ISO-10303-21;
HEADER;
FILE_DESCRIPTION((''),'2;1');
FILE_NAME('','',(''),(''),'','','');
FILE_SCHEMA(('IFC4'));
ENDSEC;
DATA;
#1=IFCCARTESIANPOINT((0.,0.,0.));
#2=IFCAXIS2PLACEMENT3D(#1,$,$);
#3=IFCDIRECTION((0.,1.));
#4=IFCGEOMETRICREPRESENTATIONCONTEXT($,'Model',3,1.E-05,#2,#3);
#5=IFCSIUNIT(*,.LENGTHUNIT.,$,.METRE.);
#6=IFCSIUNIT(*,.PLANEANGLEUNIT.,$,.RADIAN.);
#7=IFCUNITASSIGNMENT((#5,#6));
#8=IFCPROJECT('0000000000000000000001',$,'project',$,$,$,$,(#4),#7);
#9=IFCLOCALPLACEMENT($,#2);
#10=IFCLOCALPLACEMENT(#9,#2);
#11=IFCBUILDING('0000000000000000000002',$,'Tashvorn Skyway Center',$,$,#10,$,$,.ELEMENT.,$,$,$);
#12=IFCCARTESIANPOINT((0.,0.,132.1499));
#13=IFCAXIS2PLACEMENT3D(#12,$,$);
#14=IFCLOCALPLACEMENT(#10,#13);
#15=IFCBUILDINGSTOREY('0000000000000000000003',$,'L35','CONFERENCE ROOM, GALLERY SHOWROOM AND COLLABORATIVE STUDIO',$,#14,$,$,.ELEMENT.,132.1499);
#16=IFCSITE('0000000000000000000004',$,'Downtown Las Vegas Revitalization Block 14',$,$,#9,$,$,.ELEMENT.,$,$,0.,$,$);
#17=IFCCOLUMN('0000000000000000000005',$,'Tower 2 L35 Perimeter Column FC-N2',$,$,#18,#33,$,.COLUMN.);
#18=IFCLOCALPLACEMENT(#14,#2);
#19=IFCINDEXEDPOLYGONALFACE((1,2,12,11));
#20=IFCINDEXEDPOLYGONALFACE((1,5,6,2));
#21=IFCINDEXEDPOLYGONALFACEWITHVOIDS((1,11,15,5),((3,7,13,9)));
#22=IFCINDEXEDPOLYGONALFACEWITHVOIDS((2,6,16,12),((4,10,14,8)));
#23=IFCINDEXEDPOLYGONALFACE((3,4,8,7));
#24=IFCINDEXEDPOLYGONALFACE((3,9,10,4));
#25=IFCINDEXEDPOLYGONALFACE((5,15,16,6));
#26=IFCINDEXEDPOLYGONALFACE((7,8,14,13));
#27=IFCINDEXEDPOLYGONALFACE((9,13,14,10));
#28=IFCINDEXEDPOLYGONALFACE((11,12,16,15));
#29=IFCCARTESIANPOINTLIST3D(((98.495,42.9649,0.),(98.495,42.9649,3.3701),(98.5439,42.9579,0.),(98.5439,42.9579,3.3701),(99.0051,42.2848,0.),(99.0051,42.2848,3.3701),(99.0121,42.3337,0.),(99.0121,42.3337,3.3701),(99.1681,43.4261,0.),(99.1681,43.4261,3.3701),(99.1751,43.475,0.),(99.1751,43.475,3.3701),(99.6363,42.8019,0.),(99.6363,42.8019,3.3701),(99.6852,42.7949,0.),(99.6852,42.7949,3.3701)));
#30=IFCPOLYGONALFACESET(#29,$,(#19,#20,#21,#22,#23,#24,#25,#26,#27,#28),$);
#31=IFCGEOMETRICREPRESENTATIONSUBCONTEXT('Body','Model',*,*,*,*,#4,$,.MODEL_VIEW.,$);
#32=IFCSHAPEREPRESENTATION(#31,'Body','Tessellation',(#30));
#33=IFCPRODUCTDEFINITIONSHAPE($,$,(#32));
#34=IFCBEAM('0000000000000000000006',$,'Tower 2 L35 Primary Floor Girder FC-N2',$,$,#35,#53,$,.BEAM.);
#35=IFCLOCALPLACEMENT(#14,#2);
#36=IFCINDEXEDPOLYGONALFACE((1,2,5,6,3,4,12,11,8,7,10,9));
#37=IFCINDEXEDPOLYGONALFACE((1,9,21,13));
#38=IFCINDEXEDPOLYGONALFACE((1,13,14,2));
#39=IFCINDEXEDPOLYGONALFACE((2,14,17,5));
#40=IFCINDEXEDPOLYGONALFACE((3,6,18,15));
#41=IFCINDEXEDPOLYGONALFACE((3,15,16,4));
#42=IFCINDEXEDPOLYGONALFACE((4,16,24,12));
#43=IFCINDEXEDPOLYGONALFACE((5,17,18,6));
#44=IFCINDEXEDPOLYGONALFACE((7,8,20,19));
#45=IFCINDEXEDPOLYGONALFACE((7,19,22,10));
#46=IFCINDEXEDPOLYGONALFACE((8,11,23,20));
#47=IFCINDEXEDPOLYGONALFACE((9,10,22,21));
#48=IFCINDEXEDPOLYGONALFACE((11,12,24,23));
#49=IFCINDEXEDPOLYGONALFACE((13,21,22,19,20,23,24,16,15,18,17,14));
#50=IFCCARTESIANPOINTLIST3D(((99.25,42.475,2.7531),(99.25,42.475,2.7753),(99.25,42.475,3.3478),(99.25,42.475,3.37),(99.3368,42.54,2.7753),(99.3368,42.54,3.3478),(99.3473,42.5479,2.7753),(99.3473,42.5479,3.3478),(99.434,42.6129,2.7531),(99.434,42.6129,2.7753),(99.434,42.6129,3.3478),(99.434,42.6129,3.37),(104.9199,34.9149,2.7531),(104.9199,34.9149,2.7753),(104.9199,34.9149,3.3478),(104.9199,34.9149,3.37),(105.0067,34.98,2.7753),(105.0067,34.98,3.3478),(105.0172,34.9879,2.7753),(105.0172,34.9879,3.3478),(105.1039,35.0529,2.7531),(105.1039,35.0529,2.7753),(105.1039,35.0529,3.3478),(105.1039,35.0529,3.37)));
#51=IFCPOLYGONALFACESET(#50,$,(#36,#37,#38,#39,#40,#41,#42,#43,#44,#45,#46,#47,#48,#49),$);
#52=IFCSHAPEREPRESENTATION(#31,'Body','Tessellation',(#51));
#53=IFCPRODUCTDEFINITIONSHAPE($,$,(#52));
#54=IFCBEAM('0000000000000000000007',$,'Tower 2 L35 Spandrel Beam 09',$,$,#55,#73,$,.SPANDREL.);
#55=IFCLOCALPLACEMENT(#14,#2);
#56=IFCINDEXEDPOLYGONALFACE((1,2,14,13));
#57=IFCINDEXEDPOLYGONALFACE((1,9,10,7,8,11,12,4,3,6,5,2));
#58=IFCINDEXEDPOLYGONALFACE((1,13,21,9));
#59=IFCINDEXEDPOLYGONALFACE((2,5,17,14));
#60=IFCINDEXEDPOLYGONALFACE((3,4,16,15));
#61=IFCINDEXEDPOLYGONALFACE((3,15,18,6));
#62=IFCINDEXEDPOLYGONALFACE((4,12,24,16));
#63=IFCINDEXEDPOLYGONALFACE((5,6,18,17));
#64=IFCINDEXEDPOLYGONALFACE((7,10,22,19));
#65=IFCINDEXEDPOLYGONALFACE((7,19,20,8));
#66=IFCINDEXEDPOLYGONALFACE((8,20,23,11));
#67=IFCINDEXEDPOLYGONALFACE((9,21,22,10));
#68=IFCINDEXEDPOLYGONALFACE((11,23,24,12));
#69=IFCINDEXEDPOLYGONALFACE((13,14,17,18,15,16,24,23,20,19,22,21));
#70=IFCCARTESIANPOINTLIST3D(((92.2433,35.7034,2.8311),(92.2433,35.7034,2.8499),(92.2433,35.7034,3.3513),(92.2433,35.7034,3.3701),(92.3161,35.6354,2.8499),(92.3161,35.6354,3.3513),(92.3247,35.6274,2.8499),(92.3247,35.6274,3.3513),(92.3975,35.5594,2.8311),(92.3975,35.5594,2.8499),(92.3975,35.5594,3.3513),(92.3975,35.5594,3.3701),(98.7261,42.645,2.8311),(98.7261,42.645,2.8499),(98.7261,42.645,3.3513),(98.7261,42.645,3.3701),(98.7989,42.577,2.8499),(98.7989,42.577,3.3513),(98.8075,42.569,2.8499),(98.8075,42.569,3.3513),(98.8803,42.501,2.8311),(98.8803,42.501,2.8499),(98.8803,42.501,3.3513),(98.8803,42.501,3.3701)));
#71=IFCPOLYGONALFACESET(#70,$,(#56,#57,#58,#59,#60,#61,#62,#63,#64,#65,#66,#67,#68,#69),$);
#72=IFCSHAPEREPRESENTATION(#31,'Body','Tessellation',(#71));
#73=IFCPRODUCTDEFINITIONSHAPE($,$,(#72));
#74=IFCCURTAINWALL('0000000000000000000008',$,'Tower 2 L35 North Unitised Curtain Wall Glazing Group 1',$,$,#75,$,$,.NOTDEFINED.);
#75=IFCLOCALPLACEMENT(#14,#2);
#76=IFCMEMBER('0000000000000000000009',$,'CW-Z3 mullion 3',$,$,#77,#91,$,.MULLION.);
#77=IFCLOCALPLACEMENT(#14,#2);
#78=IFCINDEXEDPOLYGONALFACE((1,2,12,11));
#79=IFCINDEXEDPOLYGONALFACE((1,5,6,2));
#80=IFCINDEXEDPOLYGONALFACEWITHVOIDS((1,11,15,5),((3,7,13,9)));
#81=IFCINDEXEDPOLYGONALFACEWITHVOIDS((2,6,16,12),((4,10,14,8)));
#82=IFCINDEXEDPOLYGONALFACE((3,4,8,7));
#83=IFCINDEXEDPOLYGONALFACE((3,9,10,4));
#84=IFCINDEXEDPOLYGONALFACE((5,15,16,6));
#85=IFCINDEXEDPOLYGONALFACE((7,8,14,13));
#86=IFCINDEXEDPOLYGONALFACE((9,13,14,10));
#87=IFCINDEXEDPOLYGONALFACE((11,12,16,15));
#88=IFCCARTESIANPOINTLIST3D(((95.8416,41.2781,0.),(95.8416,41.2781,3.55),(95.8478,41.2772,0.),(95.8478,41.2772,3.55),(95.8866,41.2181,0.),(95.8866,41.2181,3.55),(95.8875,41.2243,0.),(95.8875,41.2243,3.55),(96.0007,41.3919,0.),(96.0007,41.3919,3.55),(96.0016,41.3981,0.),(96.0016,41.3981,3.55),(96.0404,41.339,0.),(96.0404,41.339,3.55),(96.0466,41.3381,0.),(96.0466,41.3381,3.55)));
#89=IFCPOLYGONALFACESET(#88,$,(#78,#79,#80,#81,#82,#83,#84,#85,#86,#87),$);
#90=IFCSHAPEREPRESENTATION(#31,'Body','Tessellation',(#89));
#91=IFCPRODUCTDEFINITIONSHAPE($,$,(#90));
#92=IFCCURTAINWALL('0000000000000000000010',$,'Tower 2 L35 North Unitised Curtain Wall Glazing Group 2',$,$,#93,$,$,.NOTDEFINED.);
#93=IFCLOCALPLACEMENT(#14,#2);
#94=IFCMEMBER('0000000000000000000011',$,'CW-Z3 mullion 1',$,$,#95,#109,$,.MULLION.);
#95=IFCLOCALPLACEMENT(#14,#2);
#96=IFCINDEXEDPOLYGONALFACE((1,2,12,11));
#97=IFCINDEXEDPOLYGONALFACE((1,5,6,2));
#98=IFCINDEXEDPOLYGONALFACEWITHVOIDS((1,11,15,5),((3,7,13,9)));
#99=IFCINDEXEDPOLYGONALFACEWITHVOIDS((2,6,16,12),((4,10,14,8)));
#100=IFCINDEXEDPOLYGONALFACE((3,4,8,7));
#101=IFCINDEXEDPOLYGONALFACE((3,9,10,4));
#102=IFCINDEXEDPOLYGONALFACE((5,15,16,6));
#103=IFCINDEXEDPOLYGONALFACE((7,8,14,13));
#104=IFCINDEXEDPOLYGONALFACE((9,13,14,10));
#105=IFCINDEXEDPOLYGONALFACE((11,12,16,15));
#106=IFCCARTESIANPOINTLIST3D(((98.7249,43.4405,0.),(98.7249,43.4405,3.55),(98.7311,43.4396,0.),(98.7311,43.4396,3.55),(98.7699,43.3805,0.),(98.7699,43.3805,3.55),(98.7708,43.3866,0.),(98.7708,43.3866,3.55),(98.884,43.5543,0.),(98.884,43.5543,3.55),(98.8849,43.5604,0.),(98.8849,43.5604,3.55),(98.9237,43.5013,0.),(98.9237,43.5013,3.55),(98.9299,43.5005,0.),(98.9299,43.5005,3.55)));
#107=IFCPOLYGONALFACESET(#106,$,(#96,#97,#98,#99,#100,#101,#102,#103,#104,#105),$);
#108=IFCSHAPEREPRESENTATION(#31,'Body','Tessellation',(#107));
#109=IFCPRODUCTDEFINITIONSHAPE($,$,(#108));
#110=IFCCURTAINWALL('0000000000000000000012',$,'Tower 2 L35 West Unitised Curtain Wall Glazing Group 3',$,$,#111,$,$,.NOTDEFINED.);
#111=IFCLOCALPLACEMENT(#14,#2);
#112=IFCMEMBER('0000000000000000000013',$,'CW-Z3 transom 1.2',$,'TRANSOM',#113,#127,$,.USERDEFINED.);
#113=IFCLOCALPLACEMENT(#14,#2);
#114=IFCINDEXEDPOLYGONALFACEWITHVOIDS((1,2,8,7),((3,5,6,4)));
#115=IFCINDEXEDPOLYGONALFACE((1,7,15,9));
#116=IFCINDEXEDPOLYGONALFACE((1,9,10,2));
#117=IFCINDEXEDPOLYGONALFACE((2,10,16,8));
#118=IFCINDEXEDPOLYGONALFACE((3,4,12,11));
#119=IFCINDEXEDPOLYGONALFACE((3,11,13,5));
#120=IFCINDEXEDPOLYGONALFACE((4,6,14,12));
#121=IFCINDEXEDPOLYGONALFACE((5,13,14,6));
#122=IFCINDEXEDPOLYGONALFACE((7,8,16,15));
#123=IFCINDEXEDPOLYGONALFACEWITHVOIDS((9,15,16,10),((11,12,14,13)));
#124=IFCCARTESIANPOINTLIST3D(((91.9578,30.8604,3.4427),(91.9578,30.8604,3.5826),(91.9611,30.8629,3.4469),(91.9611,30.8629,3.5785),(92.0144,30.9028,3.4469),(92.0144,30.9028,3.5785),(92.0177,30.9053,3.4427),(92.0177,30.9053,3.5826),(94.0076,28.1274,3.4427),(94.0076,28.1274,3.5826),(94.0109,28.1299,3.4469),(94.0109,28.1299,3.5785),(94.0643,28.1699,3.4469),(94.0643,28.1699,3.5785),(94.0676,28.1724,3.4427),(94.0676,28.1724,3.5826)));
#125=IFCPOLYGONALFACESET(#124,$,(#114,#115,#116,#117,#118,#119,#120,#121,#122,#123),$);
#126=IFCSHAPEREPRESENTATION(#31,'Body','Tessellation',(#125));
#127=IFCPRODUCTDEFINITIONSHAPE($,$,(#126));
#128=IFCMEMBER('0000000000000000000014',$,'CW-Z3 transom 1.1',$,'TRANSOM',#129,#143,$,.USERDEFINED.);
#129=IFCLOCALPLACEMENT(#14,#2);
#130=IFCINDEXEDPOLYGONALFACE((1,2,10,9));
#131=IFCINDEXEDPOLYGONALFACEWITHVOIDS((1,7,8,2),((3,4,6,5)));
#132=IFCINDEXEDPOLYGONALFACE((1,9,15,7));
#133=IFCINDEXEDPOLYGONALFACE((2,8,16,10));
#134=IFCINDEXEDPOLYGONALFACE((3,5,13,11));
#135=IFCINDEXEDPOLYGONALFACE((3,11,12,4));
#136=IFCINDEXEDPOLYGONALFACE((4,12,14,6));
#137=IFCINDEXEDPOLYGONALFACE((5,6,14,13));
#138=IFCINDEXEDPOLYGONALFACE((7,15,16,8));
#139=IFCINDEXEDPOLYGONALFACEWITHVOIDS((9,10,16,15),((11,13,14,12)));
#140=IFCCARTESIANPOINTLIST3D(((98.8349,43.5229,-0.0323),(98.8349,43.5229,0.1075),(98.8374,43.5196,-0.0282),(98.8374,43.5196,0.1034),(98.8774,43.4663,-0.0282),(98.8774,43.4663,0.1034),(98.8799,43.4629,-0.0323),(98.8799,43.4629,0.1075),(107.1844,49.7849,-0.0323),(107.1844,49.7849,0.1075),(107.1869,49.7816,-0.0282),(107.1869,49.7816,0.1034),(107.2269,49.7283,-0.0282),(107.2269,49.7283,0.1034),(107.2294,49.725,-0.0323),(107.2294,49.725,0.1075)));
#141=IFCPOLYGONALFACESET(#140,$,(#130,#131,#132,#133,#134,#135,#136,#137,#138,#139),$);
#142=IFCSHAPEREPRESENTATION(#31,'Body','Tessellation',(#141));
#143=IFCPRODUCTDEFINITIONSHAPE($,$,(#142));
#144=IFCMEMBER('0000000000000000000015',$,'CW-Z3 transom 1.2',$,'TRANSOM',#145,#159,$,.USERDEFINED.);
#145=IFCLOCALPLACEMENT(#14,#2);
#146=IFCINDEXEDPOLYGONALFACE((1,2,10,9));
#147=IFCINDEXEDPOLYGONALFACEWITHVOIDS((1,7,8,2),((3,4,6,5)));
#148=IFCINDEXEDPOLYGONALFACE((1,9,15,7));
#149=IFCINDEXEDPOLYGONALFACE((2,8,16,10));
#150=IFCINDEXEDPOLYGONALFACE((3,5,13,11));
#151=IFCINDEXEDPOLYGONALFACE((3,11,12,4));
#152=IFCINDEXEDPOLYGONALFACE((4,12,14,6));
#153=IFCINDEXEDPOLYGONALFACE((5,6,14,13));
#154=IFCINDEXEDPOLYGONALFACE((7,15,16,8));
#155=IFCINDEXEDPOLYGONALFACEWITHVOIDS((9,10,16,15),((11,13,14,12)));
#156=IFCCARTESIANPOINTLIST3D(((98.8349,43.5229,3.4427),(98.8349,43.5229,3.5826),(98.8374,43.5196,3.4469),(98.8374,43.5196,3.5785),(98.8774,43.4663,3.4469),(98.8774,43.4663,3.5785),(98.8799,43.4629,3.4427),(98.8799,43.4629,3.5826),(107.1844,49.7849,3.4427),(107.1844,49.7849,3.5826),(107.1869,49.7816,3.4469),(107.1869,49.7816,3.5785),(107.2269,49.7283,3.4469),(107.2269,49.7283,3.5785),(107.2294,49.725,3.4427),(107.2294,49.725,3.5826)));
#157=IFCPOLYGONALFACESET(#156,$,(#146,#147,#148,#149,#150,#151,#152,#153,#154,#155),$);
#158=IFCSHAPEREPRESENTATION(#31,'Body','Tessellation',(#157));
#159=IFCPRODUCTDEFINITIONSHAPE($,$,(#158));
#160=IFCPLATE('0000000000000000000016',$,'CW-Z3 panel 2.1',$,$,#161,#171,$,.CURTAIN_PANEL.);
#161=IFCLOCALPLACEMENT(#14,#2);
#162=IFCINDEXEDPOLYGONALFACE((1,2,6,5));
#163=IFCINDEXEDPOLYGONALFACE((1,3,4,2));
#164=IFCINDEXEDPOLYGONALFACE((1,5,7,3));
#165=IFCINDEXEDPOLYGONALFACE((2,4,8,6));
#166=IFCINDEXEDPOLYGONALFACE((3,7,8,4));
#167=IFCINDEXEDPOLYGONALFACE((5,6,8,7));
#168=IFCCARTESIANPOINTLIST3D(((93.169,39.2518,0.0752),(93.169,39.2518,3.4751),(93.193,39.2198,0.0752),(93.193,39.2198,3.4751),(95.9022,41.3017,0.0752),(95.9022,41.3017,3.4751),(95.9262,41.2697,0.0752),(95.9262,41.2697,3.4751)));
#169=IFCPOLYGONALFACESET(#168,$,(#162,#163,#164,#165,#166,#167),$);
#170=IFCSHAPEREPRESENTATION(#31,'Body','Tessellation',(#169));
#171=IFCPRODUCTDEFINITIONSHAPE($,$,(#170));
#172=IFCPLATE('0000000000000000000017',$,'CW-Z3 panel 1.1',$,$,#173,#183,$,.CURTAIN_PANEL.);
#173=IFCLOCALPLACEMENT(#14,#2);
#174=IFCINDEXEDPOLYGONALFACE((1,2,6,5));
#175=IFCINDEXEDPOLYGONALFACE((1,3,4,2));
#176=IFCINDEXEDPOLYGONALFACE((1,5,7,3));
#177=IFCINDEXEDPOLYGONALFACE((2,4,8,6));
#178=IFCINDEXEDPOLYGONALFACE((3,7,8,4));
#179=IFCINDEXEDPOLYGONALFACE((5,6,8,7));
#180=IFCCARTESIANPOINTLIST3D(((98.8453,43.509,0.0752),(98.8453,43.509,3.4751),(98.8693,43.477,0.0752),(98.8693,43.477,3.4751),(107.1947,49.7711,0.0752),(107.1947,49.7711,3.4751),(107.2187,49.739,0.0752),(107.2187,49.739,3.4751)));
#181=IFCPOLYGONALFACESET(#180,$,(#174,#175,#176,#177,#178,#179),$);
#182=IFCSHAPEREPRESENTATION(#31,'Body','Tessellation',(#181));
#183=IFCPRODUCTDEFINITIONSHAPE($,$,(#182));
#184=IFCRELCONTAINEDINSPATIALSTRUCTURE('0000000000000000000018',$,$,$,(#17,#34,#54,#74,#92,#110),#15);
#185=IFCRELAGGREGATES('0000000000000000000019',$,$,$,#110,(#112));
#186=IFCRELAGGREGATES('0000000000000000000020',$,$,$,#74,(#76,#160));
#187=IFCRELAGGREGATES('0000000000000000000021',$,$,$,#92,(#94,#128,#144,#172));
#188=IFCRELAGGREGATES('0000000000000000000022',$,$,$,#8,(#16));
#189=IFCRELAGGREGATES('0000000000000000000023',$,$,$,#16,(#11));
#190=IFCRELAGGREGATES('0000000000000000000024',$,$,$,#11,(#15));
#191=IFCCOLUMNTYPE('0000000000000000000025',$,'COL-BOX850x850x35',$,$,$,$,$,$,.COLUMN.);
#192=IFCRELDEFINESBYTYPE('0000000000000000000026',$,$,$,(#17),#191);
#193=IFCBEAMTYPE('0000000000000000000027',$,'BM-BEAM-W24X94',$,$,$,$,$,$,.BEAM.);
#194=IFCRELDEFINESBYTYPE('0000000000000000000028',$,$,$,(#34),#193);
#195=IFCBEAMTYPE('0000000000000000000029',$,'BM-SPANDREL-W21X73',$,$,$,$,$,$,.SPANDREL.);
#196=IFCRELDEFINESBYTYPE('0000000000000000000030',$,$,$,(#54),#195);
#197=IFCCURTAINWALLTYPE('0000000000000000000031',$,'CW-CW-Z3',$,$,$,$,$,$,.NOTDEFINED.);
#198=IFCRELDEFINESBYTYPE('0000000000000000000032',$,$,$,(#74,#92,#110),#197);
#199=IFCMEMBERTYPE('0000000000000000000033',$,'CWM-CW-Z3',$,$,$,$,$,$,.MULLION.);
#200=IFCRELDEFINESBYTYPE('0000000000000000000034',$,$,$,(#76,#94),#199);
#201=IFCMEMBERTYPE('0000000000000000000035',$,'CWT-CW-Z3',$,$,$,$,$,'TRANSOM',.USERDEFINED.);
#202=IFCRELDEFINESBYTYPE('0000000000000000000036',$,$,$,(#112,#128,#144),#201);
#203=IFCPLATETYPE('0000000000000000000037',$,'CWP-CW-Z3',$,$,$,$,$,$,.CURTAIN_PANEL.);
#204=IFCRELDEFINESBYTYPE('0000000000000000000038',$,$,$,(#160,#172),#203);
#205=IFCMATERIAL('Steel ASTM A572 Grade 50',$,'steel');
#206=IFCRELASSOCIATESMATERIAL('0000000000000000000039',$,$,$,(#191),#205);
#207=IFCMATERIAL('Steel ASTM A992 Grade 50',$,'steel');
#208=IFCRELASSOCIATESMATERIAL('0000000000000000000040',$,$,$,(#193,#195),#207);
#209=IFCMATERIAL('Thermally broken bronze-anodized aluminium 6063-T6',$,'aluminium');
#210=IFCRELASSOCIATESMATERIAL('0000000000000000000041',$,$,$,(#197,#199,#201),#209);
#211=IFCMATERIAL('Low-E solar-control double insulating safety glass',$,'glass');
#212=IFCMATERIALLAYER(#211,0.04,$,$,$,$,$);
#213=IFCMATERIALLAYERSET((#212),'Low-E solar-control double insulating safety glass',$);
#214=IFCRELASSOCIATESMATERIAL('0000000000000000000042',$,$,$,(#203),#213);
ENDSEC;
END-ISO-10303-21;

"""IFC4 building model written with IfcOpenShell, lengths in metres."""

from ifc_helpers import new_model, si_unit, direction, frame, origin, origin_2d, place, context, subcontext, project, spatial, rectangle, hollow_rectangle, i_section, extrude, material, layer, layer_set, material_profile, profile_set, type_object, element, aggregate, save


model = new_model("IFC4")

# Units and contexts
model_context = context("Model", 3, precision=1e-05, world=origin(), true_north=direction((0.0, 1.0)))
body_context = subcontext(model_context, "Body", "Model", "MODEL_VIEW")
ifc_project = project(units=[si_unit("LENGTHUNIT", "METRE"), si_unit("PLANEANGLEUNIT", "RADIAN")], contexts=[model_context])

# Site, building, storey
site_placement = place(None, origin())
site = spatial("IfcSite", under=ifc_project, at=site_placement, Name="Downtown Las Vegas Revitalization Block 14", CompositionType="ELEMENT", RefElevation=0.0)
building_placement = place(site_placement, origin())
building = spatial("IfcBuilding", under=site, at=building_placement, Name="Tashvorn Skyway Center", CompositionType="ELEMENT")
storey_placement = place(building_placement, frame((0.0, 0.0, 132.1499)))
storey = spatial("IfcBuildingStorey", under=building, at=storey_placement, Name="L35", Description="CONFERENCE ROOM, GALLERY SHOWROOM AND COLLABORATIVE STUDIO", CompositionType="ELEMENT", Elevation=132.1499)

# Column
ifc_material_1 = material(Name="Steel ASTM A572 Grade 50", Category="steel")
ifc_material_profile_1 = material_profile(ifc_material_1, hollow_rectangle(XDim=0.8501, YDim=0.8501, WallThickness=0.0349, at=origin_2d()), Name="BOX850x850x35")
ifc_profile_set_1 = profile_set([ifc_material_profile_1], Name="Steel ASTM A572 Grade 50")
column_type = type_object("IfcColumnType", Name="COL-BOX850x850x35", PredefinedType="COLUMN", material=ifc_profile_set_1)
column_placement = place(storey_placement, frame((99.0901, 42.8799, 0.0), z_axis=(0.0, 0.0, 1.0), x_axis=(0.8, 0.6, 0.0)))
element("IfcColumn", 1, at=column_placement, inside=storey, type_object=column_type, Name="Tower 2 L35 Perimeter Column FC-N2", PredefinedType="COLUMN", context=body_context, shape_type="SweptSolid", body=[
    extrude(hollow_rectangle(XDim=0.8501, YDim=0.8501, WallThickness=0.0349, at=origin_2d()), origin(), (0.0, 0.0, 1.0), 3.3701),
])

# Beams
ifc_material_2 = material(Name="Steel ASTM A992 Grade 50", Category="steel")
ifc_material_profile_2 = material_profile(ifc_material_2, i_section(OverallWidth=0.23, OverallDepth=0.6169, WebThickness=0.0132, FlangeThickness=0.0222, at=origin_2d()), Name="W24X94")
ifc_profile_set_2 = profile_set([ifc_material_profile_2], Name="Steel ASTM A992 Grade 50")
beam_type_1 = type_object("IfcBeamType", Name="BM-BEAM-W24X94", PredefinedType="BEAM", material=ifc_profile_set_2)
beam_1_placement = place(storey_placement, frame((99.342, 42.5439, 3.0615), z_axis=(0.599992, -0.800006, 0.0), x_axis=(0.800006, 0.599992, 0.0)))
element("IfcBeam", 2, at=beam_1_placement, inside=storey, type_object=beam_type_1, Name="Tower 2 L35 Primary Floor Girder FC-N2", PredefinedType="BEAM", context=body_context, shape_type="SweptSolid", body=[
    extrude(i_section(OverallWidth=0.23, OverallDepth=0.6169, WebThickness=0.0132, FlangeThickness=0.0222, at=origin_2d()), origin(), (0.0, 0.0, 1.0), 9.45),
])
ifc_material_profile_3 = material_profile(ifc_material_2, i_section(OverallWidth=0.2109, OverallDepth=0.5391, WebThickness=0.0117, FlangeThickness=0.0188, at=origin_2d()), Name="W21X73")
ifc_profile_set_3 = profile_set([ifc_material_profile_3], Name="Steel ASTM A992 Grade 50")
beam_type_2 = type_object("IfcBeamType", Name="BM-SPANDREL-W21X73", PredefinedType="SPANDREL", material=ifc_profile_set_3)
beam_2_placement = place(storey_placement, frame((98.8032, 42.573, 3.1006), z_axis=(-0.682545, -0.730843, 0.0), x_axis=(0.730843, -0.682545, 0.0)))
element("IfcBeam", 3, at=beam_2_placement, inside=storey, type_object=beam_type_2, Name="Tower 2 L35 Spandrel Beam 09", PredefinedType="SPANDREL", context=body_context, shape_type="SweptSolid", body=[
    extrude(i_section(OverallWidth=0.2109, OverallDepth=0.5391, WebThickness=0.0117, FlangeThickness=0.0188, at=origin_2d()), origin(), (0.0, 0.0, 1.0), 9.498),
])

# Curtain walls, members
ifc_material_3 = material(Name="Thermally broken bronze-anodized aluminium 6063-T6", Category="aluminium")
curtain_wall_type = type_object("IfcCurtainWallType", Name="CW-CW-Z3", PredefinedType="NOTDEFINED", material=ifc_material_3)
curtain_wall_1_placement = place(storey_placement, origin())
curtain_wall_1 = element("IfcCurtainWall", 4, at=curtain_wall_1_placement, inside=storey, type_object=curtain_wall_type, Name="Tower 2 L35 North Unitised Curtain Wall Glazing Group 1", PredefinedType="NOTDEFINED")
ifc_material_profile_4 = material_profile(ifc_material_3, hollow_rectangle(XDim=0.075, YDim=0.2, WallThickness=0.0044, at=origin_2d()), Name="ALU-MULL-75x200")
ifc_profile_set_4 = profile_set([ifc_material_profile_4], Name="Thermally broken bronze-anodized aluminium 6063-T6")
member_type_1 = type_object("IfcMemberType", Name="CWM-CW-Z3", PredefinedType="MULLION", material=ifc_profile_set_4)
member_1_placement = place(storey_placement, frame((95.9441, 41.3081, 0.0), z_axis=(0.0, 0.0, 1.0), x_axis=(-0.600005, 0.799997, 0.0)))
member_1 = element("IfcMember", 5, at=member_1_placement, type_object=member_type_1, Name="CW-Z3 mullion 3", PredefinedType="MULLION", context=body_context, shape_type="SweptSolid", body=[
    extrude(hollow_rectangle(XDim=0.075, YDim=0.2, WallThickness=0.0044, at=origin_2d()), origin(), (0.0, 0.0, 1.0), 3.55),
])
curtain_wall_2_placement = place(storey_placement, origin())
curtain_wall_2 = element("IfcCurtainWall", 6, at=curtain_wall_2_placement, inside=storey, type_object=curtain_wall_type, Name="Tower 2 L35 North Unitised Curtain Wall Glazing Group 2", PredefinedType="NOTDEFINED")
member_2_placement = place(storey_placement, frame((98.8274, 43.4705, 0.0), z_axis=(0.0, 0.0, 1.0), x_axis=(-0.599997, 0.800002, 0.0)))
member_2 = element("IfcMember", 7, at=member_2_placement, type_object=member_type_1, Name="CW-Z3 mullion 1", PredefinedType="MULLION", context=body_context, shape_type="SweptSolid", body=[
    extrude(hollow_rectangle(XDim=0.075, YDim=0.2, WallThickness=0.0044, at=origin_2d()), origin(), (0.0, 0.0, 1.0), 3.55),
])
curtain_wall_3_placement = place(storey_placement, origin())
curtain_wall_3 = element("IfcCurtainWall", 8, at=curtain_wall_3_placement, inside=storey, type_object=curtain_wall_type, Name="Tower 2 L35 West Unitised Curtain Wall Glazing Group 3", PredefinedType="NOTDEFINED")
ifc_material_profile_5 = material_profile(ifc_material_3, hollow_rectangle(XDim=0.075, YDim=0.1399, WallThickness=0.0042, at=origin_2d()), Name="ALU-TRAN-75x140")
ifc_profile_set_5 = profile_set([ifc_material_profile_5], Name="Thermally broken bronze-anodized aluminium 6063-T6")
member_type_2 = type_object("IfcMemberType", Name="CWT-CW-Z3", ElementType="TRANSOM", PredefinedType="USERDEFINED", material=ifc_profile_set_5)
member_3_placement = place(storey_placement, frame((94.0376, 28.1499, 3.5127), z_axis=(-0.600023, 0.799983, 0.0), x_axis=(-0.799983, -0.600023, 0.0)))
member_3 = element("IfcMember", 9, at=member_3_placement, type_object=member_type_2, Name="CW-Z3 transom 1.2", ObjectType="TRANSOM", PredefinedType="USERDEFINED", context=body_context, shape_type="SweptSolid", body=[
    extrude(hollow_rectangle(XDim=0.075, YDim=0.1399, WallThickness=0.0042, at=origin_2d()), origin(), (0.0, 0.0, 1.0), 3.4163),
])
aggregate(curtain_wall_3, [member_3])

# Members
member_4_placement = place(storey_placement, frame((98.8574, 43.4929, 0.0376), z_axis=(0.800003, 0.599996, 0.0), x_axis=(-0.599996, 0.800003, 0.0)))
member_4 = element("IfcMember", 10, at=member_4_placement, type_object=member_type_2, Name="CW-Z3 transom 1.1", ObjectType="TRANSOM", PredefinedType="USERDEFINED", context=body_context, shape_type="SweptSolid", body=[
    extrude(hollow_rectangle(XDim=0.075, YDim=0.1399, WallThickness=0.0042, at=origin_2d()), origin(), (0.0, 0.0, 1.0), 10.4368),
])
member_5_placement = place(storey_placement, frame((98.8574, 43.4929, 3.5127), z_axis=(0.800003, 0.599996, 0.0), x_axis=(-0.599996, 0.800003, 0.0)))
member_5 = element("IfcMember", 11, at=member_5_placement, type_object=member_type_2, Name="CW-Z3 transom 1.2", ObjectType="TRANSOM", PredefinedType="USERDEFINED", context=body_context, shape_type="SweptSolid", body=[
    extrude(hollow_rectangle(XDim=0.075, YDim=0.1399, WallThickness=0.0042, at=origin_2d()), origin(), (0.0, 0.0, 1.0), 10.4368),
])

# Plates
ifc_material_4 = material(Name="Low-E solar-control double insulating safety glass", Category="glass")
ifc_layer_1 = layer(ifc_material_4, 0.04)
ifc_layer_set_1 = layer_set([ifc_layer_1], Name="Low-E solar-control double insulating safety glass")
plate_type = type_object("IfcPlateType", Name="CWP-CW-Z3", PredefinedType="CURTAIN_PANEL", material=ifc_layer_set_1)
plate_1_placement = place(storey_placement, frame((94.5476, 40.2607, 0.0752), z_axis=(0.0, 0.0, 1.0), x_axis=(0.799997, 0.600005, 0.0)))
plate_1 = element("IfcPlate", 12, at=plate_1_placement, type_object=plate_type, Name="CW-Z3 panel 2.1", PredefinedType="CURTAIN_PANEL", context=body_context, shape_type="SweptSolid", body=[
    extrude(rectangle(XDim=3.4165, YDim=0.04, at=origin_2d()), origin(), (0.0, 0.0, 1.0), 3.3999),
])
aggregate(curtain_wall_1, [member_1, plate_1])
plate_2_placement = place(storey_placement, frame((103.032, 46.624, 0.0752), z_axis=(0.0, 0.0, 1.0), x_axis=(0.800002, 0.599997, 0.0)))
plate_2 = element("IfcPlate", 13, at=plate_2_placement, type_object=plate_type, Name="CW-Z3 panel 1.1", PredefinedType="CURTAIN_PANEL", context=body_context, shape_type="SweptSolid", body=[
    extrude(rectangle(XDim=10.4368, YDim=0.04, at=origin_2d()), origin(), (0.0, 0.0, 1.0), 3.3999),
])
aggregate(curtain_wall_2, [member_2, member_4, member_5, plate_2])

save(model, "model.ifc")
